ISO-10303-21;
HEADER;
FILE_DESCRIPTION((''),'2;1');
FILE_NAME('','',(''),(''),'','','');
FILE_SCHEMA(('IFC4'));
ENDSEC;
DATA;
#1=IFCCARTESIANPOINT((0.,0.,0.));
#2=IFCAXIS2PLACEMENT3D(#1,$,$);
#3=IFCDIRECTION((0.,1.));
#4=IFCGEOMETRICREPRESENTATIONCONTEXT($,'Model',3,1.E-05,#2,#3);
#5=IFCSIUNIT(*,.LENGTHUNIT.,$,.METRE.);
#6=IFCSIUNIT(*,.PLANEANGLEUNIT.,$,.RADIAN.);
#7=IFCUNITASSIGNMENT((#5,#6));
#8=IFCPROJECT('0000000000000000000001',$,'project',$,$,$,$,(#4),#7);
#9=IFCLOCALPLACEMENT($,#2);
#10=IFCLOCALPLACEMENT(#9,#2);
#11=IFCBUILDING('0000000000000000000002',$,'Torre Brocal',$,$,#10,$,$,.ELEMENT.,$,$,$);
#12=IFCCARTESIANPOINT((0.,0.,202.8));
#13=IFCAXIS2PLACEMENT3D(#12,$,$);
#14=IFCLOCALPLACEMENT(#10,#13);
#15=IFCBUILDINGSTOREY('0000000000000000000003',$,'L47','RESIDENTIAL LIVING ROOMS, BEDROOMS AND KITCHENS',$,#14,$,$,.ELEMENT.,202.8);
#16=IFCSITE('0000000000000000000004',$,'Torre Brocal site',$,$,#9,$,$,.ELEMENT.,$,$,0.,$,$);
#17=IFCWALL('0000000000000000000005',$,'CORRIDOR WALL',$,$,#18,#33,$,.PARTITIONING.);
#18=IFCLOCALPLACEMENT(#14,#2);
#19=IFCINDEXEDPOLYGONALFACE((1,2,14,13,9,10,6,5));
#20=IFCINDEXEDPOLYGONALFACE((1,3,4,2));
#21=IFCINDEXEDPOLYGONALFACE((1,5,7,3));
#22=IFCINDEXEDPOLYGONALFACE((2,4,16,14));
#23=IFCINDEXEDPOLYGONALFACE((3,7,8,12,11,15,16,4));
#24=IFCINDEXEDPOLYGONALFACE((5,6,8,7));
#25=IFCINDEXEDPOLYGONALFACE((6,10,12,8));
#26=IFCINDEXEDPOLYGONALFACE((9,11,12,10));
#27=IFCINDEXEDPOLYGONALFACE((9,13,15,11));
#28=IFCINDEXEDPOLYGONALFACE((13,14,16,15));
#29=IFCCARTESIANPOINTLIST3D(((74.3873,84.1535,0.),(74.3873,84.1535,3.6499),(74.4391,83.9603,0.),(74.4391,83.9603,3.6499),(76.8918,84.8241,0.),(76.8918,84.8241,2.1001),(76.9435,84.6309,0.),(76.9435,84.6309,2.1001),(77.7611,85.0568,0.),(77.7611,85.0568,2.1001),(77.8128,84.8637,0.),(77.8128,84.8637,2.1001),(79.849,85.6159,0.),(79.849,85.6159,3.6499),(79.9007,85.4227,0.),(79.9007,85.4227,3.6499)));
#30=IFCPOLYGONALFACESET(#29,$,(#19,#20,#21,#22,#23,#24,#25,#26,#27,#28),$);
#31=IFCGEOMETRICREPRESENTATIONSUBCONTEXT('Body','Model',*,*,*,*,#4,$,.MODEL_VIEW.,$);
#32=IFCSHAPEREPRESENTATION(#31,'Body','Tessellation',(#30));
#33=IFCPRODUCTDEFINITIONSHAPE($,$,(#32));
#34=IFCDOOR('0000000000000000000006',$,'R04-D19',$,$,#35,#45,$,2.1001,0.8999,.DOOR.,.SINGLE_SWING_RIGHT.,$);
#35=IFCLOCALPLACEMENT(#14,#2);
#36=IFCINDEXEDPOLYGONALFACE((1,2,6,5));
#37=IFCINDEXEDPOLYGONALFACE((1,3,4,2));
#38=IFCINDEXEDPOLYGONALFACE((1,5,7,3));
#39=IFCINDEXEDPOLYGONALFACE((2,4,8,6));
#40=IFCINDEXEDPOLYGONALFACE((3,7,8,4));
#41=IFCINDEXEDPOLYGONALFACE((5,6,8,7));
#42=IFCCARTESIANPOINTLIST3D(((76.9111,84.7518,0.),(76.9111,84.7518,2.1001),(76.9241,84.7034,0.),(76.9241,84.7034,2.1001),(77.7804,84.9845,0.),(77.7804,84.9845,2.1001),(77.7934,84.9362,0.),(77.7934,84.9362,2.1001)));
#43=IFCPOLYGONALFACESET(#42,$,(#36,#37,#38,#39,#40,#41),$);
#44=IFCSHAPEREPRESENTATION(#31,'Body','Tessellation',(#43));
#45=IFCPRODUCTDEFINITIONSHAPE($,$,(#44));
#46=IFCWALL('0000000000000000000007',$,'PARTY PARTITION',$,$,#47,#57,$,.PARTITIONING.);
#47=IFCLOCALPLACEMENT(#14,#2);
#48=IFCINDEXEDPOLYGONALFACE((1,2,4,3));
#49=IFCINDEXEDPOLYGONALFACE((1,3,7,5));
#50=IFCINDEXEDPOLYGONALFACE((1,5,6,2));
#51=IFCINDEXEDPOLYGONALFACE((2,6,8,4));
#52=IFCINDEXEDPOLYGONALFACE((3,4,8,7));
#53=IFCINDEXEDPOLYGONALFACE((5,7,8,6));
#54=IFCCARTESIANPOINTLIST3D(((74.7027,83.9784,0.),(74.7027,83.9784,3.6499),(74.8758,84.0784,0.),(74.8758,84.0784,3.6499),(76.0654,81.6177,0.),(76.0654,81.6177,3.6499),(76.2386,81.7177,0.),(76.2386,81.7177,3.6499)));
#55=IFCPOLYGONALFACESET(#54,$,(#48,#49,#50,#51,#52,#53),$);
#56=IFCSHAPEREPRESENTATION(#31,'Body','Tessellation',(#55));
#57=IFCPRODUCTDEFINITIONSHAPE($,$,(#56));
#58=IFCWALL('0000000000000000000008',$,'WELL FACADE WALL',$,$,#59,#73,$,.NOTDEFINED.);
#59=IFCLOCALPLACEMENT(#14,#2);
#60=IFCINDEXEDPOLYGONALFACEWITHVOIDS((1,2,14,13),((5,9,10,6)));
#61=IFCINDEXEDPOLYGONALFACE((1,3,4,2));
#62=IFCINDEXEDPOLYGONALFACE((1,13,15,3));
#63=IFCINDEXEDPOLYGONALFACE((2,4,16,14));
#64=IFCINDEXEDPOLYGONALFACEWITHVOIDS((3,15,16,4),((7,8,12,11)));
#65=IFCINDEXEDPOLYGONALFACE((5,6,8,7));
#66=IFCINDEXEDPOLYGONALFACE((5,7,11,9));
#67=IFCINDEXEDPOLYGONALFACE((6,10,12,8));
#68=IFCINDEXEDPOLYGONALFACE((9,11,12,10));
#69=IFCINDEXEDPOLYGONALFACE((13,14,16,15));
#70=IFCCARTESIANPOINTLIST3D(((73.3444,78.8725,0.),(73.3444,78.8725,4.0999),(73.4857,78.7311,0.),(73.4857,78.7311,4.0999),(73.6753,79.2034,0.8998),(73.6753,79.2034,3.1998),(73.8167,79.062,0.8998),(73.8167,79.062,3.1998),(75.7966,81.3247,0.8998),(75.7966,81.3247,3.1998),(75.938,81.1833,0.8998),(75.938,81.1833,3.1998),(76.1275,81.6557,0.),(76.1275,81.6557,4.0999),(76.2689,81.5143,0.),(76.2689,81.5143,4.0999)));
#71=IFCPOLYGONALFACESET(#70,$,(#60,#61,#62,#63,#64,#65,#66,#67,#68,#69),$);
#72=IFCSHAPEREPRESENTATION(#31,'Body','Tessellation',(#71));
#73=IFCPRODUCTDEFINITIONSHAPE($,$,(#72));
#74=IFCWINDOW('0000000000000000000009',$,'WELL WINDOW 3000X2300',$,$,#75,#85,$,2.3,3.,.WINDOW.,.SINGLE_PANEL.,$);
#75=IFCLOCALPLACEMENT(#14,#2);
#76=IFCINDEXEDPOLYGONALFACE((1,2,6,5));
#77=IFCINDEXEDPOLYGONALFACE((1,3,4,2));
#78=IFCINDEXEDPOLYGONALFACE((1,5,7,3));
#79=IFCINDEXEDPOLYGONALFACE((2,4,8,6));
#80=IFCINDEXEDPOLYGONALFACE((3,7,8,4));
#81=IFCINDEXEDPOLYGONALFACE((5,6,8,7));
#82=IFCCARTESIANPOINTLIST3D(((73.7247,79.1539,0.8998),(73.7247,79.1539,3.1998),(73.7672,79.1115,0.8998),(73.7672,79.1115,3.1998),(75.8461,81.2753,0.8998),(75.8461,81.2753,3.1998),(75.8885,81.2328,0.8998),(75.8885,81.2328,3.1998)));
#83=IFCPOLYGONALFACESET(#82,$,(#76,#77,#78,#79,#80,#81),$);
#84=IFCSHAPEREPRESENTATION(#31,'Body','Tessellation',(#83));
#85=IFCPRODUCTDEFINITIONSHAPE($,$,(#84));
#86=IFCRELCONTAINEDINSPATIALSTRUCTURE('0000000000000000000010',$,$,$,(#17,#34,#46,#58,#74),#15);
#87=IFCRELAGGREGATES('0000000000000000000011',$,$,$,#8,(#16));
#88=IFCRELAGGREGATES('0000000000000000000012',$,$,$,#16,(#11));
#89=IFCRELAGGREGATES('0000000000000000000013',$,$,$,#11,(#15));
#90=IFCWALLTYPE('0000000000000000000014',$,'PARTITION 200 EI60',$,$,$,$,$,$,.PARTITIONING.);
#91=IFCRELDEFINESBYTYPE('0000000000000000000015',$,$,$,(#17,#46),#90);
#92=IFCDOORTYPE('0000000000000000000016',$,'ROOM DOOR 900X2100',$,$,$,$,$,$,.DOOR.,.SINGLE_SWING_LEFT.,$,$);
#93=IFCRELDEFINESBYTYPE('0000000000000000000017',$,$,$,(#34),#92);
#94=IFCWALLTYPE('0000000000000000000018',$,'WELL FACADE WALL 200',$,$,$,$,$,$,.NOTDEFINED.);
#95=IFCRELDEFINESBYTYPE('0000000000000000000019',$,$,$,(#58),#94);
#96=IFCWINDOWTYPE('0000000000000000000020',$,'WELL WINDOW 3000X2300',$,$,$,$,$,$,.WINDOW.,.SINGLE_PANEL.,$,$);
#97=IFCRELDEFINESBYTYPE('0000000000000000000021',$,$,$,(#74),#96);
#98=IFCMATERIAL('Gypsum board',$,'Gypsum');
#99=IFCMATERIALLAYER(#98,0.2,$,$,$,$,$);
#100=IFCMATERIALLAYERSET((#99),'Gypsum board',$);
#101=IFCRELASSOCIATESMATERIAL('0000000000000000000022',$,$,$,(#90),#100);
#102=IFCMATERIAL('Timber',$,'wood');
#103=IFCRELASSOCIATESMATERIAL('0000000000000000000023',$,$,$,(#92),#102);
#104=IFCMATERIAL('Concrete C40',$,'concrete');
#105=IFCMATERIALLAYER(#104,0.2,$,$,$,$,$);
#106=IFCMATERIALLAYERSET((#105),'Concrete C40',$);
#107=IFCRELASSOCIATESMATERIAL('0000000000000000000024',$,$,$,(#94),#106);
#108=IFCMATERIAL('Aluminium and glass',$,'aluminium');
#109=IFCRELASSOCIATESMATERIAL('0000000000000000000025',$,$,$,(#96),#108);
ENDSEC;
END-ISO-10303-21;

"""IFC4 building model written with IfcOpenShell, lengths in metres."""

from ifc_helpers import new_model, si_unit, direction, frame, frame_2d, origin, place, context, subcontext, project, spatial, rectangle, extrude, material, layer, layer_set, type_object, element, fill, save


model = new_model("IFC4")

# Units and contexts
model_context = context("Model", 3, precision=1e-05, world=origin(), true_north=direction((0.0, 1.0)))
body_context = subcontext(model_context, "Body", "Model", "MODEL_VIEW")
ifc_project = project(units=[si_unit("LENGTHUNIT", "METRE"), si_unit("PLANEANGLEUNIT", "RADIAN")], contexts=[model_context])

# Site, building, storey
site_placement = place(None, origin())
site = spatial("IfcSite", under=ifc_project, at=site_placement, Name="Torre Brocal site", CompositionType="ELEMENT", RefElevation=0.0)
building_placement = place(site_placement, origin())
building = spatial("IfcBuilding", under=site, at=building_placement, Name="Torre Brocal", CompositionType="ELEMENT")
storey_placement = place(building_placement, frame((0.0, 0.0, 202.8)))
storey = spatial("IfcBuildingStorey", under=building, at=storey_placement, Name="L47", Description="RESIDENTIAL LIVING ROOMS, BEDROOMS AND KITCHENS", CompositionType="ELEMENT", Elevation=202.8)

# Shared definitions
ifc_material_1 = material(Name="Gypsum board", Category="Gypsum")
ifc_layer_1 = layer(ifc_material_1, 0.2)
ifc_layer_set_1 = layer_set([ifc_layer_1], Name="Gypsum board")
wall_type_1 = type_object("IfcWallType", Name="PARTITION 200 EI60", PredefinedType="PARTITIONING", material=ifc_layer_set_1)

# Wall, opening, door
ifc_material_2 = material(Name="Timber", Category="wood")
door_type_1 = type_object("IfcDoorType", Name="ROOM DOOR 900X2100", OperationType="SINGLE_SWING_LEFT", PredefinedType="DOOR", material=ifc_material_2)
wall_1_placement = place(storey_placement, frame((74.4131, 84.0569, 0.0), z_axis=(0.0, 0.0, 1.0), x_axis=(0.965972, 0.258646, 0.0)))
wall_1 = element("IfcWall", 1, at=wall_1_placement, inside=storey, type_object=wall_type_1, Name="CORRIDOR WALL", PredefinedType="PARTITIONING", context=body_context, shape_type="SweptSolid", body=[
    extrude(rectangle(XDim=5.6541, YDim=0.2, at=frame_2d((2.8271, 0.0))), origin(), (0.0, 0.0, 1.0), 3.6499),
])
opening_1_placement = place(wall_1_placement, frame((2.5928, 0.0, 0.0)))
opening_1 = element("IfcOpeningElement", 2, at=opening_1_placement, cuts=wall_1, PredefinedType="OPENING", context=body_context, shape_type="SweptSolid", body=[
    extrude(rectangle(XDim=0.8999, YDim=2.1001, at=frame_2d((0.45, 1.05))), frame((0.0, 0.1099, 0.0), z_axis=(0.0, -1.0, 0.0), x_axis=(1.0, 0.0, 0.0)), (0.0, 0.0, 1.0), 0.22),
])
door_1_placement = place(opening_1_placement, frame((0.8999, 0.0, 0.0), z_axis=(0.0, 0.0, 1.0), x_axis=(-1.0, 0.0, 0.0)))
door_1 = element("IfcDoor", 3, at=door_1_placement, inside=storey, type_object=door_type_1, Name="R04-D19", OperationType="SINGLE_SWING_RIGHT", OverallHeight=2.1001, OverallWidth=0.8999, PredefinedType="DOOR", context=body_context, shape_type="SweptSolid", body=[
    extrude(rectangle(XDim=0.8999, YDim=2.1001, at=frame_2d((0.45, 1.05))), frame((0.0, 0.0249, 0.0), z_axis=(0.0, -1.0, 0.0), x_axis=(1.0, 0.0, 0.0)), (0.0, 0.0, 1.0), 0.05),
])
fill(opening_1, door_1)

# Wall
wall_2_placement = place(storey_placement, frame((74.7893, 84.0283, 0.0), z_axis=(0.0, 0.0, 1.0), x_axis=(0.499934, -0.866063, 0.0)))
element("IfcWall", 4, at=wall_2_placement, inside=storey, type_object=wall_type_1, Name="PARTY PARTITION", PredefinedType="PARTITIONING", context=body_context, shape_type="SweptSolid", body=[
    extrude(rectangle(XDim=2.7258, YDim=0.2, at=frame_2d((1.3628, 0.0))), origin(), (0.0, 0.0, 1.0), 3.6499),
])

# Wall, opening, window
ifc_material_3 = material(Name="Concrete C40", Category="concrete")
ifc_layer_2 = layer(ifc_material_3, 0.2)
ifc_layer_set_2 = layer_set([ifc_layer_2], Name="Concrete C40")
wall_type_2 = type_object("IfcWallType", Name="WELL FACADE WALL 200", PredefinedType="NOTDEFINED", material=ifc_layer_set_2)
wall_3_placement = place(storey_placement, frame((76.1982, 81.585, 0.0), z_axis=(0.0, 0.0, 1.0), x_axis=(-0.707107, -0.707107, 0.0)))
wall_3 = element("IfcWall", 5, at=wall_3_placement, inside=storey, type_object=wall_type_2, Name="WELL FACADE WALL", PredefinedType="NOTDEFINED", context=body_context, shape_type="SweptSolid", body=[
    extrude(rectangle(XDim=3.936, YDim=0.2, at=frame_2d((1.968, 0.0))), origin(), (0.0, 0.0, 1.0), 4.0999),
])
opening_2_placement = place(wall_3_placement, frame((0.468, 0.0, 0.8999)))
opening_2 = element("IfcOpeningElement", 6, at=opening_2_placement, cuts=wall_3, PredefinedType="OPENING", context=body_context, shape_type="SweptSolid", body=[
    extrude(rectangle(XDim=3.0, YDim=2.3, at=frame_2d((1.5, 1.1499))), frame((0.0, 0.1099, 0.0), z_axis=(0.0, -1.0, 0.0), x_axis=(1.0, 0.0, 0.0)), (0.0, 0.0, 1.0), 0.22),
])
ifc_material_4 = material(Name="Aluminium and glass", Category="aluminium")
window_type = type_object("IfcWindowType", Name="WELL WINDOW 3000X2300", PartitioningType="SINGLE_PANEL", PredefinedType="WINDOW", material=ifc_material_4)
window_placement = place(opening_2_placement, origin())
window = element("IfcWindow", 7, at=window_placement, inside=storey, type_object=window_type, Name="WELL WINDOW 3000X2300", OverallHeight=2.3, OverallWidth=3.0, PartitioningType="SINGLE_PANEL", PredefinedType="WINDOW", context=body_context, shape_type="SweptSolid", body=[
    extrude(rectangle(XDim=3.0, YDim=2.3, at=frame_2d((1.5, 1.1499))), frame((0.0, 0.03, 0.0), z_axis=(0.0, -1.0, 0.0), x_axis=(1.0, 0.0, 0.0)), (0.0, 0.0, 1.0), 0.0601),
])
fill(opening_2, window)

save(model, "model.ifc")
